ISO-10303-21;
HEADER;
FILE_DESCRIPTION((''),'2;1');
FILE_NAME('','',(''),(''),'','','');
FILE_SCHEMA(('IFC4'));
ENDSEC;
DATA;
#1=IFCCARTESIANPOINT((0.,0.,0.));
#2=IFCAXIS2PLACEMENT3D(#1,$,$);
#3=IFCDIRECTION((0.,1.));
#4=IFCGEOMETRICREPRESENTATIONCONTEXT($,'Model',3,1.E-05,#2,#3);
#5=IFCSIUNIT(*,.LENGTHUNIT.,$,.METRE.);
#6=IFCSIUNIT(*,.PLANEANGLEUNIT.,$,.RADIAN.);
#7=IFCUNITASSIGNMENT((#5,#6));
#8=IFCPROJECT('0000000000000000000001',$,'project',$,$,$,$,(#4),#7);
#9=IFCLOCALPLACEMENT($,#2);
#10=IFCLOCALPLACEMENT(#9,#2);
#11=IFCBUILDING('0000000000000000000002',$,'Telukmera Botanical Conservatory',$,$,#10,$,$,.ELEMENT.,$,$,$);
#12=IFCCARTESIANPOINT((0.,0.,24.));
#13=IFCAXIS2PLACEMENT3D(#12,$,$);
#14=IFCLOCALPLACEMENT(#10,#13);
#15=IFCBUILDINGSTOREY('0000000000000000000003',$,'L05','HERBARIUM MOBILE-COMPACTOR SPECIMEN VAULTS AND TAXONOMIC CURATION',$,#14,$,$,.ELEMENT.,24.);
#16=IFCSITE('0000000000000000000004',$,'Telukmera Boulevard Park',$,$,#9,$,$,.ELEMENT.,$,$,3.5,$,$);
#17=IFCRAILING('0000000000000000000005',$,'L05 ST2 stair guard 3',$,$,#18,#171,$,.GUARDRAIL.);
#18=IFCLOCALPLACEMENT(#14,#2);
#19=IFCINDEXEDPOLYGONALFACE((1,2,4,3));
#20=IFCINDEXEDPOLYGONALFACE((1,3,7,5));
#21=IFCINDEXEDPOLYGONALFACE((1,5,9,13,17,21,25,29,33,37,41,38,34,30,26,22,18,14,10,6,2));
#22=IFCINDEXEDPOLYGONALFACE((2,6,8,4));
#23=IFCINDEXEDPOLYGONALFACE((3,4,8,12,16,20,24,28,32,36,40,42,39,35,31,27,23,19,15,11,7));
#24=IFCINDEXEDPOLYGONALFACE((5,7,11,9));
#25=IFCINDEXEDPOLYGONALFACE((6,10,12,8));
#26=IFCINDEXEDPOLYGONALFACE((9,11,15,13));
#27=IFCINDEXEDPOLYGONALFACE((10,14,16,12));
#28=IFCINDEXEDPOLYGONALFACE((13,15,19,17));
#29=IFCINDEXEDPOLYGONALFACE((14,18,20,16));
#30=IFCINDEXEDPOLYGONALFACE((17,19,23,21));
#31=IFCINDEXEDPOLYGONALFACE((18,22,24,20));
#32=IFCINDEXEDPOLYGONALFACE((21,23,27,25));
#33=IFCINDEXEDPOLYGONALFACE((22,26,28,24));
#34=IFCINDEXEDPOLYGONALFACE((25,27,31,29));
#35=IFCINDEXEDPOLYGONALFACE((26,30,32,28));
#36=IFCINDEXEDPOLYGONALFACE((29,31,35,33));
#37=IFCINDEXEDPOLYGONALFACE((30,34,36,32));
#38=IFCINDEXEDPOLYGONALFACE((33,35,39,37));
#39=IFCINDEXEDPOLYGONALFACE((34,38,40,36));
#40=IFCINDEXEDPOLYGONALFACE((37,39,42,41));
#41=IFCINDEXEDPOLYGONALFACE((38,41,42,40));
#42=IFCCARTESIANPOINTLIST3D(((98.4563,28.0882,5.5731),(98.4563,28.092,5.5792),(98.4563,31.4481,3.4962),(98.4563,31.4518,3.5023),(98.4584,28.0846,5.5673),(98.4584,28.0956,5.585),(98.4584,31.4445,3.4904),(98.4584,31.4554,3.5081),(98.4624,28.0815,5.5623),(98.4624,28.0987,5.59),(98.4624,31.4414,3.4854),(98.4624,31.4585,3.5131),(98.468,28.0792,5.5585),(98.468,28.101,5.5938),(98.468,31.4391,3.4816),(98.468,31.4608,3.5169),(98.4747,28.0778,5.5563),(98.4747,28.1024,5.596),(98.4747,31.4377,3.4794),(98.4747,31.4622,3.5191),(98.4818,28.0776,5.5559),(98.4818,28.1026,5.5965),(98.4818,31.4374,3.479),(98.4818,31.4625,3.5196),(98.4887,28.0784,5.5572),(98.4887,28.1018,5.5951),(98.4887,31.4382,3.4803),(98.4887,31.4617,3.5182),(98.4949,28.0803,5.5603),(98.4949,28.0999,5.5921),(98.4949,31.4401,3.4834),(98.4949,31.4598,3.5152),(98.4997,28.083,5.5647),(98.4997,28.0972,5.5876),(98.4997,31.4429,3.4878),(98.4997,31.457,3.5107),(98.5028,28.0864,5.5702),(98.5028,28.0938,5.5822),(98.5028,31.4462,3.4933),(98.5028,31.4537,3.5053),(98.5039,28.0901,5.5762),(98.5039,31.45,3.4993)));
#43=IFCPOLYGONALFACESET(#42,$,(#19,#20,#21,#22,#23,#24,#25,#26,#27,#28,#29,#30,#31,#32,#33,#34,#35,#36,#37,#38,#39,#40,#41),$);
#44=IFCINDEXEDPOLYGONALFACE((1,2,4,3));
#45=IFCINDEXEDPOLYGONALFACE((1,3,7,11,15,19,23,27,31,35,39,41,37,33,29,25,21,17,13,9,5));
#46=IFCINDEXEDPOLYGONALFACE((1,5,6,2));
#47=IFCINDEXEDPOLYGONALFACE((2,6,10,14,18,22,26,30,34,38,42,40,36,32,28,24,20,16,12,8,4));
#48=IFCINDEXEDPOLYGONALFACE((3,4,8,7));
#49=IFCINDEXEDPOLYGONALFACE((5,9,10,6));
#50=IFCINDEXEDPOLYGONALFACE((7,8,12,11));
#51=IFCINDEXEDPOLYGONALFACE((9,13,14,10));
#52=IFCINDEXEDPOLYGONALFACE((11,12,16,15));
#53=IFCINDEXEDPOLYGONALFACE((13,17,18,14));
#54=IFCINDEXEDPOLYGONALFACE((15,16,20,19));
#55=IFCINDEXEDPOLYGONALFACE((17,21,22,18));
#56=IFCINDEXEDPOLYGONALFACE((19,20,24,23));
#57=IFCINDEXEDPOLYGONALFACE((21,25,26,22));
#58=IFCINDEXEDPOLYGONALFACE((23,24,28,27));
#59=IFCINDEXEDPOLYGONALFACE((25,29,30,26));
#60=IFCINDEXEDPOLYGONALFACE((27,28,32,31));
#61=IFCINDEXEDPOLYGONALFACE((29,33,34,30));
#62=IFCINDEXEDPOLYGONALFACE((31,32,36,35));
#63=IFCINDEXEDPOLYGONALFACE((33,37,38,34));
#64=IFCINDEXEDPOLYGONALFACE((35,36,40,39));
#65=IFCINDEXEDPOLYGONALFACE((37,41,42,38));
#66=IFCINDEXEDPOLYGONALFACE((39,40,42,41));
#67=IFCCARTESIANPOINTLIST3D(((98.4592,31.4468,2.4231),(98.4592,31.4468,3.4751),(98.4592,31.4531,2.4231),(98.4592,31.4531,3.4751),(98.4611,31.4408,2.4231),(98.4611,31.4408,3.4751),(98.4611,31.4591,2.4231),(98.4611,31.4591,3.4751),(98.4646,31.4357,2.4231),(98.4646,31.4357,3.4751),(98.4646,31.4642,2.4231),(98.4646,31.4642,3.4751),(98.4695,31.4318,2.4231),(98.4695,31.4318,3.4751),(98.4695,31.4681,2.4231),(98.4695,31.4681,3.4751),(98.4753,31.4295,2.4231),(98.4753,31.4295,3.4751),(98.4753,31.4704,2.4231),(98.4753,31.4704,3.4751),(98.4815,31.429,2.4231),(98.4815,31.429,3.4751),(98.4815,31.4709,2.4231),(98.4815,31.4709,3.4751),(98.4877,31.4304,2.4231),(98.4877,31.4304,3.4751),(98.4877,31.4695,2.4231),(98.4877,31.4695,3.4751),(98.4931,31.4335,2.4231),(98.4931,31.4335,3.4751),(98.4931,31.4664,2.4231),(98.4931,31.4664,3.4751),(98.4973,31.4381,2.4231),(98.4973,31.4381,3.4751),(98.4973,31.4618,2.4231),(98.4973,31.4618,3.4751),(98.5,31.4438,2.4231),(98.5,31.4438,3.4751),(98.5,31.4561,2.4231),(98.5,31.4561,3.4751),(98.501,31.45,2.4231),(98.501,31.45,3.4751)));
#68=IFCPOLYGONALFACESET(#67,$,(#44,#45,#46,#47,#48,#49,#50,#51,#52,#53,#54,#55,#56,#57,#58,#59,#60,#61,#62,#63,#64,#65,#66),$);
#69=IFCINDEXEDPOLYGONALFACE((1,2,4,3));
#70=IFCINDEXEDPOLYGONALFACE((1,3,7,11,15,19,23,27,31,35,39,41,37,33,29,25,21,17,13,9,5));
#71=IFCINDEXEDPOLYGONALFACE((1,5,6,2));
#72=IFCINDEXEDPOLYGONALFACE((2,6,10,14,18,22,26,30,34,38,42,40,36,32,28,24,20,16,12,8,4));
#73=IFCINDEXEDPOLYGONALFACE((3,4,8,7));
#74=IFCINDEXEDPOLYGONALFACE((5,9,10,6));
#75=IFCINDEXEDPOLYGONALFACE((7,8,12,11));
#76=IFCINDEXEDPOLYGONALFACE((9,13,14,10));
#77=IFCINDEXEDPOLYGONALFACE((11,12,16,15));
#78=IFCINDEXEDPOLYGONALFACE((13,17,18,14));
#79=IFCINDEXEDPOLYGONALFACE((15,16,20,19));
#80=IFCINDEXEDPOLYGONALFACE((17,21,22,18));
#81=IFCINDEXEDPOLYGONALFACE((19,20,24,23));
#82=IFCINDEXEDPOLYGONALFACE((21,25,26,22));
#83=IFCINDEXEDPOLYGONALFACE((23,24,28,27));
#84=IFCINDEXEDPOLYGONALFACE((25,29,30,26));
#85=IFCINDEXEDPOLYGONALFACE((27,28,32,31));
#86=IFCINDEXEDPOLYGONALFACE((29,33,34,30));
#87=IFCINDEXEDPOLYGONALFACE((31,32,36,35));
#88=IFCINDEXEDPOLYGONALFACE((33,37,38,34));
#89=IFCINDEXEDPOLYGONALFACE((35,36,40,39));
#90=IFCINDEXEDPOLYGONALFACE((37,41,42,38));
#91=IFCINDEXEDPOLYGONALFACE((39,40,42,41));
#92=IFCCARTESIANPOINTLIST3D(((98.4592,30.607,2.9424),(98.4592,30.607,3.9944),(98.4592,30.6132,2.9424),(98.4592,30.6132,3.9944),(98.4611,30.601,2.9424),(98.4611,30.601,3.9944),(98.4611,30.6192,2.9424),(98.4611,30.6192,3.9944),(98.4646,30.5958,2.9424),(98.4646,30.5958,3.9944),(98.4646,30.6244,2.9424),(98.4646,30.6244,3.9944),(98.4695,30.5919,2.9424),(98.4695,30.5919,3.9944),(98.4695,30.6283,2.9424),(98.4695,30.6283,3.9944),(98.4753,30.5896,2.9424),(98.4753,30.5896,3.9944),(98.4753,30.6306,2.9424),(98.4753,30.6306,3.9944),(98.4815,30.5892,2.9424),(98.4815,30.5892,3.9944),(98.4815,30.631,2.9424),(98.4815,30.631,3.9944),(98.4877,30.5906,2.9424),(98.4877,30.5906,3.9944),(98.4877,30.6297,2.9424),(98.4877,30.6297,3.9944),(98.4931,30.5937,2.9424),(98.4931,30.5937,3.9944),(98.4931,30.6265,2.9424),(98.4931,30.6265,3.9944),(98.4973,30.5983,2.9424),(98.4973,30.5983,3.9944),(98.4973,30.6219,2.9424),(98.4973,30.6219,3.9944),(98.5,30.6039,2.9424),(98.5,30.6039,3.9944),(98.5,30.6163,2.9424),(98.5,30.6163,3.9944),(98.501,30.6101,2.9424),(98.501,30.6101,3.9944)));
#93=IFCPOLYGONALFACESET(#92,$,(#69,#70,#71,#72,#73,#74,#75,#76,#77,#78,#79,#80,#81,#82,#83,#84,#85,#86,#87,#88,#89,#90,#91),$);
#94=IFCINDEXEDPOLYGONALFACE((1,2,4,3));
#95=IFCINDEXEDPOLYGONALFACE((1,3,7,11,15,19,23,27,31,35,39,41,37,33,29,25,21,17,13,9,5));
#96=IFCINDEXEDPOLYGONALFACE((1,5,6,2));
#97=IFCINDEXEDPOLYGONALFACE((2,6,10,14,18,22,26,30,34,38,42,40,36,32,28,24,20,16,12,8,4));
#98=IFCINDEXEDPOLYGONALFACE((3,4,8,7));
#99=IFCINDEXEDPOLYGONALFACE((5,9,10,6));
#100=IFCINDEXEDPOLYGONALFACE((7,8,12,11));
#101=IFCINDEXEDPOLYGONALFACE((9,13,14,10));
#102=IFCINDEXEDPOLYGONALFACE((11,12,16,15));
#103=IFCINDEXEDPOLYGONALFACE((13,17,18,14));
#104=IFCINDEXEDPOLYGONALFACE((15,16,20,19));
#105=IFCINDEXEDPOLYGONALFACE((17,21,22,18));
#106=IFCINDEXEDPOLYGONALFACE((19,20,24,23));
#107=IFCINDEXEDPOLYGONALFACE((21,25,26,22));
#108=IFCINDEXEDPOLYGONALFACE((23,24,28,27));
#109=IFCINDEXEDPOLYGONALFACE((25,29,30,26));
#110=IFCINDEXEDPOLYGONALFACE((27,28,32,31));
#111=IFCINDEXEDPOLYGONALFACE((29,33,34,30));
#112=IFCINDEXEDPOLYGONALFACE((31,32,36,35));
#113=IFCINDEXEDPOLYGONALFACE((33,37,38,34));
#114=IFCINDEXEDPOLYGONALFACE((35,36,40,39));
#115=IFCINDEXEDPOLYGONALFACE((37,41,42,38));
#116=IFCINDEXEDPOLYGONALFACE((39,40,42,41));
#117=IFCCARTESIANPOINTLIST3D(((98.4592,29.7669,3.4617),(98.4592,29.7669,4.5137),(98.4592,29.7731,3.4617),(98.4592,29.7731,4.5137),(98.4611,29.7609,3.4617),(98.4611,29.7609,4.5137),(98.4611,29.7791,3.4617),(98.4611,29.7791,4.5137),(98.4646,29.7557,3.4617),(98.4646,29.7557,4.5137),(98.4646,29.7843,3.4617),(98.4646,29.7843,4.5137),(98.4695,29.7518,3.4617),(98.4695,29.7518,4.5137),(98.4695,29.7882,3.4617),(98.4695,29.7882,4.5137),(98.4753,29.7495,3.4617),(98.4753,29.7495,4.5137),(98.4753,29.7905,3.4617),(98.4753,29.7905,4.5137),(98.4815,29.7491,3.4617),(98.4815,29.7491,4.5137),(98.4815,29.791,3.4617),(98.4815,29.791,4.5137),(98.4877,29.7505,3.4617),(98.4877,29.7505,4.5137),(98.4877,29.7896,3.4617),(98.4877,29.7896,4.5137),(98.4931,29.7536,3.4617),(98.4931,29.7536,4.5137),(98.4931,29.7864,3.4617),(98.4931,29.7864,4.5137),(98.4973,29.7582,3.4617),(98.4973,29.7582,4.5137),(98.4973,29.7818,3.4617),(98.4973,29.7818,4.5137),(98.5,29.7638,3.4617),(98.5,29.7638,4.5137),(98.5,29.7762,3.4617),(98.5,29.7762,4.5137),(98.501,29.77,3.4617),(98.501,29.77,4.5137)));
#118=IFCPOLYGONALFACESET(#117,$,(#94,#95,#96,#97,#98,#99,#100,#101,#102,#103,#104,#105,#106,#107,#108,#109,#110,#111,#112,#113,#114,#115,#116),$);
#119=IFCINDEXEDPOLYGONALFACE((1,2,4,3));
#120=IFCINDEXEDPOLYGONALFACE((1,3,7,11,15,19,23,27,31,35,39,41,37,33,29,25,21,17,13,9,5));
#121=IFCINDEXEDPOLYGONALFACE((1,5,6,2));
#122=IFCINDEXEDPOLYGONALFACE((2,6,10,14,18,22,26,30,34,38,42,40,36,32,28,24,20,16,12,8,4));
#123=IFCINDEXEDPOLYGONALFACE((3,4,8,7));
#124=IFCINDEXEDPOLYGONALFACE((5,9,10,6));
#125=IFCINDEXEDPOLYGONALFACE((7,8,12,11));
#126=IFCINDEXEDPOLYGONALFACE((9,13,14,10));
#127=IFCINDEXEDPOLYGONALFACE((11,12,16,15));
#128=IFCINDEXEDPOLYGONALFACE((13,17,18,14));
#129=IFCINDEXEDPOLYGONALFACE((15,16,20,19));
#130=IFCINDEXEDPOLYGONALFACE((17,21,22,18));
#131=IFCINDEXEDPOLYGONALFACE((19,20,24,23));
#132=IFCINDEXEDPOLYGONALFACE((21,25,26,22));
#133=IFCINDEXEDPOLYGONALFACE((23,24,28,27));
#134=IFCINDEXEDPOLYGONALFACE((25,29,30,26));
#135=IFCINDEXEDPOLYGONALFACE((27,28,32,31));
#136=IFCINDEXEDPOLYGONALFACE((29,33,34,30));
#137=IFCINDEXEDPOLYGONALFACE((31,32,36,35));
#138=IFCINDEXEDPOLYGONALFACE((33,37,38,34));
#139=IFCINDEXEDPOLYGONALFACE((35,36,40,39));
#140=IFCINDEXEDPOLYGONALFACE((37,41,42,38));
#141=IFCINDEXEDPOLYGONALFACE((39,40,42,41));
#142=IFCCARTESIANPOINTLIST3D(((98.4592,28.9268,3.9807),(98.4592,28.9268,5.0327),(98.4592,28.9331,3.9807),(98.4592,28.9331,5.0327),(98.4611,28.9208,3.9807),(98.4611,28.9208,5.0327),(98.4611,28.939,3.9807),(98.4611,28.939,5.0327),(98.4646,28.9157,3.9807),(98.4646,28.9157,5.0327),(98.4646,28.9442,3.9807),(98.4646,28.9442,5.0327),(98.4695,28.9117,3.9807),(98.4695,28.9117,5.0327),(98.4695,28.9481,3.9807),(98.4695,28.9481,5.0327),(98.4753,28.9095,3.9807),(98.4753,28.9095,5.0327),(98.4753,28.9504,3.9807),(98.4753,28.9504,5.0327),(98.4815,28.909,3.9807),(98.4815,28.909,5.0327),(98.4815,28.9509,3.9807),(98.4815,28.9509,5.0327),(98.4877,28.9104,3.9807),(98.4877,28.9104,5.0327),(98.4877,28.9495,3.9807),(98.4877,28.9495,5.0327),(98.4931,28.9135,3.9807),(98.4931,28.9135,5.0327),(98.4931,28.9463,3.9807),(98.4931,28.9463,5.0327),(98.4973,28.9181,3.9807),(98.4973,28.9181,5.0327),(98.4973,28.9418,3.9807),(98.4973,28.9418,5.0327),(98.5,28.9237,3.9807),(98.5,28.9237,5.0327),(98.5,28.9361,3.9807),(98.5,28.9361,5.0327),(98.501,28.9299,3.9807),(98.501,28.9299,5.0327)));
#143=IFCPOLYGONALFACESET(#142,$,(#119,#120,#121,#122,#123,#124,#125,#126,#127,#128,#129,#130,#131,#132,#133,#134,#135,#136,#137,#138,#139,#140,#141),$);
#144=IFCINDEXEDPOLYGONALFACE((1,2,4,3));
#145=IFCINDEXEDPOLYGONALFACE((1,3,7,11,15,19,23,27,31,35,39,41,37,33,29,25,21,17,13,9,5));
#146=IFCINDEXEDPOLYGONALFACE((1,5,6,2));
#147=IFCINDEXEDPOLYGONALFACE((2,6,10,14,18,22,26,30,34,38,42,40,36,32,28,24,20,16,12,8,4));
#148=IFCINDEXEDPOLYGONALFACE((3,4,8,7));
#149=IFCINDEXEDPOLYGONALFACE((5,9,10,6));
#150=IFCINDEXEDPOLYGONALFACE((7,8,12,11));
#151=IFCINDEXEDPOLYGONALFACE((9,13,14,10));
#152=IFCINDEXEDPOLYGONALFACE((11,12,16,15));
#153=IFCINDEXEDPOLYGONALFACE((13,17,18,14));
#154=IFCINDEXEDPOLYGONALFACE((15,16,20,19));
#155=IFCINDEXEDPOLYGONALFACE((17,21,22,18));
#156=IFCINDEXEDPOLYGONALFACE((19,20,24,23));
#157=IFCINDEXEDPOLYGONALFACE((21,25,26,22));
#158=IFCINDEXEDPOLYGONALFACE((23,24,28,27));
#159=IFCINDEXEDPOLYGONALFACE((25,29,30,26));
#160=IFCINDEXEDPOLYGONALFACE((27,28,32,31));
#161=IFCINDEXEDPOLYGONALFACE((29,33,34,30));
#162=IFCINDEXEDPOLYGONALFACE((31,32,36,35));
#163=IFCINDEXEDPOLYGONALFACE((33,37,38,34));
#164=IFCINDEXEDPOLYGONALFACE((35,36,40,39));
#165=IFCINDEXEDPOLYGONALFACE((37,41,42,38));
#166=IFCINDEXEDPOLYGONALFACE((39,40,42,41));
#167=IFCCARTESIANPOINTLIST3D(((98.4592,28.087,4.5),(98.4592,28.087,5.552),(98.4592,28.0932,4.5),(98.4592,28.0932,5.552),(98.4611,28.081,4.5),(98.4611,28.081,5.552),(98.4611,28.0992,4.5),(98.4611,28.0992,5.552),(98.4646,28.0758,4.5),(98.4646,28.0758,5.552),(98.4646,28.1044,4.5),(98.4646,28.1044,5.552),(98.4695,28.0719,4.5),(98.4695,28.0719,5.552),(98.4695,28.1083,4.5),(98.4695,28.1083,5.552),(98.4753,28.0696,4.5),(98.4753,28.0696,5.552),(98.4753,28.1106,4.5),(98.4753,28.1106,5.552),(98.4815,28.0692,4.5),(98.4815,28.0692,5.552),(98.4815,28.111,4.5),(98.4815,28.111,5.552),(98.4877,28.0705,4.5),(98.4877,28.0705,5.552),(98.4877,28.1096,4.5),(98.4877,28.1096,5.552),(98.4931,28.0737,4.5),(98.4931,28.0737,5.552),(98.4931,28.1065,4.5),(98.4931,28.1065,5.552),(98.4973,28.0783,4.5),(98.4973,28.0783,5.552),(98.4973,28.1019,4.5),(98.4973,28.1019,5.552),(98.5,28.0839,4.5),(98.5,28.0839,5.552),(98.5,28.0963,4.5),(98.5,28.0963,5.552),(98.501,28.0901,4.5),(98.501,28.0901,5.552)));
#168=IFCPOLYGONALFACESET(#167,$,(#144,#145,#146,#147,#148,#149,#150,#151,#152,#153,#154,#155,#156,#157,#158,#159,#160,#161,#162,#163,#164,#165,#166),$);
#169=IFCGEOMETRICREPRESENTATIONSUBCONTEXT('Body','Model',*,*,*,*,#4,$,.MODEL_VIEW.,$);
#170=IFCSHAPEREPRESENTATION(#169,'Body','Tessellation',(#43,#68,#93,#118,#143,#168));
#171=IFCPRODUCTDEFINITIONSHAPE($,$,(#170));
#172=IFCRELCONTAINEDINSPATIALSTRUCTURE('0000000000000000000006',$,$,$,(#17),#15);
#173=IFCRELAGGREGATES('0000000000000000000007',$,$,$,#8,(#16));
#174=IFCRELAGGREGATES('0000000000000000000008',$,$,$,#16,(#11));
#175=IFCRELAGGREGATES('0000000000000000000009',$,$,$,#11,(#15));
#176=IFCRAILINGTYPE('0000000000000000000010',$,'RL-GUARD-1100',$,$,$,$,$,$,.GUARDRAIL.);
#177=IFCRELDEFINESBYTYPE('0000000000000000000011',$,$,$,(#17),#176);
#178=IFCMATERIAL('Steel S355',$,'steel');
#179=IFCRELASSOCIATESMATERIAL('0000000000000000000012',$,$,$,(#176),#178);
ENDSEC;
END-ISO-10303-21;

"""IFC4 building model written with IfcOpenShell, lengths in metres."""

from ifc_helpers import new_model, si_unit, direction, frame, origin, origin_2d, place, context, subcontext, project, spatial, circle, extrude, material, type_object, element, save


model = new_model("IFC4")

# Units and contexts
model_context = context("Model", 3, precision=1e-05, world=origin(), true_north=direction((0.0, 1.0)))
body_context = subcontext(model_context, "Body", "Model", "MODEL_VIEW")
ifc_project = project(units=[si_unit("LENGTHUNIT", "METRE"), si_unit("PLANEANGLEUNIT", "RADIAN")], contexts=[model_context])

# Site, building, storey
site_placement = place(None, origin())
site = spatial("IfcSite", under=ifc_project, at=site_placement, Name="Telukmera Boulevard Park", CompositionType="ELEMENT", RefElevation=3.5)
building_placement = place(site_placement, origin())
building = spatial("IfcBuilding", under=site, at=building_placement, Name="Telukmera Botanical Conservatory", CompositionType="ELEMENT")
storey_placement = place(building_placement, frame((0.0, 0.0, 24.0)))
storey = spatial("IfcBuildingStorey", under=building, at=storey_placement, Name="L05", Description="HERBARIUM MOBILE-COMPACTOR SPECIMEN VAULTS AND TAXONOMIC CURATION", CompositionType="ELEMENT", Elevation=24.0)

# Railing
ifc_material_1 = material(Name="Steel S355", Category="steel")
railing_type_1 = type_object("IfcRailingType", Name="RL-GUARD-1100", PredefinedType="GUARDRAIL", material=ifc_material_1)
railing_1_placement = place(storey_placement, frame((98.48, 31.45, 2.4231)))
element("IfcRailing", 1, at=railing_1_placement, inside=storey, type_object=railing_type_1, Name="L05 ST2 stair guard 3", PredefinedType="GUARDRAIL", context=body_context, shape_type="SweptSolid", body=[
    extrude(circle(Radius=0.0239, at=origin_2d()), frame((0.0, 0.0, 1.0762), z_axis=(0.0, -0.850606, 0.525803), x_axis=(1.0, 0.0, 0.0)), (0.0, 0.0, 1.0), 3.95),
    extrude(circle(Radius=0.021, at=origin_2d()), origin(), (0.0, 0.0, 1.0), 1.052),
    extrude(circle(Radius=0.021, at=origin_2d()), frame((0.0, -0.8398, 0.5193)), (0.0, 0.0, 1.0), 1.052),
    extrude(circle(Radius=0.021, at=origin_2d()), frame((0.0, -1.6799, 1.0386)), (0.0, 0.0, 1.0), 1.052),
    extrude(circle(Radius=0.021, at=origin_2d()), frame((0.0, -2.52, 1.5576)), (0.0, 0.0, 1.0), 1.052),
    extrude(circle(Radius=0.021, at=origin_2d()), frame((0.0, -3.3599, 2.0769)), (0.0, 0.0, 1.0), 1.052),
])

save(model, "model.ifc")
